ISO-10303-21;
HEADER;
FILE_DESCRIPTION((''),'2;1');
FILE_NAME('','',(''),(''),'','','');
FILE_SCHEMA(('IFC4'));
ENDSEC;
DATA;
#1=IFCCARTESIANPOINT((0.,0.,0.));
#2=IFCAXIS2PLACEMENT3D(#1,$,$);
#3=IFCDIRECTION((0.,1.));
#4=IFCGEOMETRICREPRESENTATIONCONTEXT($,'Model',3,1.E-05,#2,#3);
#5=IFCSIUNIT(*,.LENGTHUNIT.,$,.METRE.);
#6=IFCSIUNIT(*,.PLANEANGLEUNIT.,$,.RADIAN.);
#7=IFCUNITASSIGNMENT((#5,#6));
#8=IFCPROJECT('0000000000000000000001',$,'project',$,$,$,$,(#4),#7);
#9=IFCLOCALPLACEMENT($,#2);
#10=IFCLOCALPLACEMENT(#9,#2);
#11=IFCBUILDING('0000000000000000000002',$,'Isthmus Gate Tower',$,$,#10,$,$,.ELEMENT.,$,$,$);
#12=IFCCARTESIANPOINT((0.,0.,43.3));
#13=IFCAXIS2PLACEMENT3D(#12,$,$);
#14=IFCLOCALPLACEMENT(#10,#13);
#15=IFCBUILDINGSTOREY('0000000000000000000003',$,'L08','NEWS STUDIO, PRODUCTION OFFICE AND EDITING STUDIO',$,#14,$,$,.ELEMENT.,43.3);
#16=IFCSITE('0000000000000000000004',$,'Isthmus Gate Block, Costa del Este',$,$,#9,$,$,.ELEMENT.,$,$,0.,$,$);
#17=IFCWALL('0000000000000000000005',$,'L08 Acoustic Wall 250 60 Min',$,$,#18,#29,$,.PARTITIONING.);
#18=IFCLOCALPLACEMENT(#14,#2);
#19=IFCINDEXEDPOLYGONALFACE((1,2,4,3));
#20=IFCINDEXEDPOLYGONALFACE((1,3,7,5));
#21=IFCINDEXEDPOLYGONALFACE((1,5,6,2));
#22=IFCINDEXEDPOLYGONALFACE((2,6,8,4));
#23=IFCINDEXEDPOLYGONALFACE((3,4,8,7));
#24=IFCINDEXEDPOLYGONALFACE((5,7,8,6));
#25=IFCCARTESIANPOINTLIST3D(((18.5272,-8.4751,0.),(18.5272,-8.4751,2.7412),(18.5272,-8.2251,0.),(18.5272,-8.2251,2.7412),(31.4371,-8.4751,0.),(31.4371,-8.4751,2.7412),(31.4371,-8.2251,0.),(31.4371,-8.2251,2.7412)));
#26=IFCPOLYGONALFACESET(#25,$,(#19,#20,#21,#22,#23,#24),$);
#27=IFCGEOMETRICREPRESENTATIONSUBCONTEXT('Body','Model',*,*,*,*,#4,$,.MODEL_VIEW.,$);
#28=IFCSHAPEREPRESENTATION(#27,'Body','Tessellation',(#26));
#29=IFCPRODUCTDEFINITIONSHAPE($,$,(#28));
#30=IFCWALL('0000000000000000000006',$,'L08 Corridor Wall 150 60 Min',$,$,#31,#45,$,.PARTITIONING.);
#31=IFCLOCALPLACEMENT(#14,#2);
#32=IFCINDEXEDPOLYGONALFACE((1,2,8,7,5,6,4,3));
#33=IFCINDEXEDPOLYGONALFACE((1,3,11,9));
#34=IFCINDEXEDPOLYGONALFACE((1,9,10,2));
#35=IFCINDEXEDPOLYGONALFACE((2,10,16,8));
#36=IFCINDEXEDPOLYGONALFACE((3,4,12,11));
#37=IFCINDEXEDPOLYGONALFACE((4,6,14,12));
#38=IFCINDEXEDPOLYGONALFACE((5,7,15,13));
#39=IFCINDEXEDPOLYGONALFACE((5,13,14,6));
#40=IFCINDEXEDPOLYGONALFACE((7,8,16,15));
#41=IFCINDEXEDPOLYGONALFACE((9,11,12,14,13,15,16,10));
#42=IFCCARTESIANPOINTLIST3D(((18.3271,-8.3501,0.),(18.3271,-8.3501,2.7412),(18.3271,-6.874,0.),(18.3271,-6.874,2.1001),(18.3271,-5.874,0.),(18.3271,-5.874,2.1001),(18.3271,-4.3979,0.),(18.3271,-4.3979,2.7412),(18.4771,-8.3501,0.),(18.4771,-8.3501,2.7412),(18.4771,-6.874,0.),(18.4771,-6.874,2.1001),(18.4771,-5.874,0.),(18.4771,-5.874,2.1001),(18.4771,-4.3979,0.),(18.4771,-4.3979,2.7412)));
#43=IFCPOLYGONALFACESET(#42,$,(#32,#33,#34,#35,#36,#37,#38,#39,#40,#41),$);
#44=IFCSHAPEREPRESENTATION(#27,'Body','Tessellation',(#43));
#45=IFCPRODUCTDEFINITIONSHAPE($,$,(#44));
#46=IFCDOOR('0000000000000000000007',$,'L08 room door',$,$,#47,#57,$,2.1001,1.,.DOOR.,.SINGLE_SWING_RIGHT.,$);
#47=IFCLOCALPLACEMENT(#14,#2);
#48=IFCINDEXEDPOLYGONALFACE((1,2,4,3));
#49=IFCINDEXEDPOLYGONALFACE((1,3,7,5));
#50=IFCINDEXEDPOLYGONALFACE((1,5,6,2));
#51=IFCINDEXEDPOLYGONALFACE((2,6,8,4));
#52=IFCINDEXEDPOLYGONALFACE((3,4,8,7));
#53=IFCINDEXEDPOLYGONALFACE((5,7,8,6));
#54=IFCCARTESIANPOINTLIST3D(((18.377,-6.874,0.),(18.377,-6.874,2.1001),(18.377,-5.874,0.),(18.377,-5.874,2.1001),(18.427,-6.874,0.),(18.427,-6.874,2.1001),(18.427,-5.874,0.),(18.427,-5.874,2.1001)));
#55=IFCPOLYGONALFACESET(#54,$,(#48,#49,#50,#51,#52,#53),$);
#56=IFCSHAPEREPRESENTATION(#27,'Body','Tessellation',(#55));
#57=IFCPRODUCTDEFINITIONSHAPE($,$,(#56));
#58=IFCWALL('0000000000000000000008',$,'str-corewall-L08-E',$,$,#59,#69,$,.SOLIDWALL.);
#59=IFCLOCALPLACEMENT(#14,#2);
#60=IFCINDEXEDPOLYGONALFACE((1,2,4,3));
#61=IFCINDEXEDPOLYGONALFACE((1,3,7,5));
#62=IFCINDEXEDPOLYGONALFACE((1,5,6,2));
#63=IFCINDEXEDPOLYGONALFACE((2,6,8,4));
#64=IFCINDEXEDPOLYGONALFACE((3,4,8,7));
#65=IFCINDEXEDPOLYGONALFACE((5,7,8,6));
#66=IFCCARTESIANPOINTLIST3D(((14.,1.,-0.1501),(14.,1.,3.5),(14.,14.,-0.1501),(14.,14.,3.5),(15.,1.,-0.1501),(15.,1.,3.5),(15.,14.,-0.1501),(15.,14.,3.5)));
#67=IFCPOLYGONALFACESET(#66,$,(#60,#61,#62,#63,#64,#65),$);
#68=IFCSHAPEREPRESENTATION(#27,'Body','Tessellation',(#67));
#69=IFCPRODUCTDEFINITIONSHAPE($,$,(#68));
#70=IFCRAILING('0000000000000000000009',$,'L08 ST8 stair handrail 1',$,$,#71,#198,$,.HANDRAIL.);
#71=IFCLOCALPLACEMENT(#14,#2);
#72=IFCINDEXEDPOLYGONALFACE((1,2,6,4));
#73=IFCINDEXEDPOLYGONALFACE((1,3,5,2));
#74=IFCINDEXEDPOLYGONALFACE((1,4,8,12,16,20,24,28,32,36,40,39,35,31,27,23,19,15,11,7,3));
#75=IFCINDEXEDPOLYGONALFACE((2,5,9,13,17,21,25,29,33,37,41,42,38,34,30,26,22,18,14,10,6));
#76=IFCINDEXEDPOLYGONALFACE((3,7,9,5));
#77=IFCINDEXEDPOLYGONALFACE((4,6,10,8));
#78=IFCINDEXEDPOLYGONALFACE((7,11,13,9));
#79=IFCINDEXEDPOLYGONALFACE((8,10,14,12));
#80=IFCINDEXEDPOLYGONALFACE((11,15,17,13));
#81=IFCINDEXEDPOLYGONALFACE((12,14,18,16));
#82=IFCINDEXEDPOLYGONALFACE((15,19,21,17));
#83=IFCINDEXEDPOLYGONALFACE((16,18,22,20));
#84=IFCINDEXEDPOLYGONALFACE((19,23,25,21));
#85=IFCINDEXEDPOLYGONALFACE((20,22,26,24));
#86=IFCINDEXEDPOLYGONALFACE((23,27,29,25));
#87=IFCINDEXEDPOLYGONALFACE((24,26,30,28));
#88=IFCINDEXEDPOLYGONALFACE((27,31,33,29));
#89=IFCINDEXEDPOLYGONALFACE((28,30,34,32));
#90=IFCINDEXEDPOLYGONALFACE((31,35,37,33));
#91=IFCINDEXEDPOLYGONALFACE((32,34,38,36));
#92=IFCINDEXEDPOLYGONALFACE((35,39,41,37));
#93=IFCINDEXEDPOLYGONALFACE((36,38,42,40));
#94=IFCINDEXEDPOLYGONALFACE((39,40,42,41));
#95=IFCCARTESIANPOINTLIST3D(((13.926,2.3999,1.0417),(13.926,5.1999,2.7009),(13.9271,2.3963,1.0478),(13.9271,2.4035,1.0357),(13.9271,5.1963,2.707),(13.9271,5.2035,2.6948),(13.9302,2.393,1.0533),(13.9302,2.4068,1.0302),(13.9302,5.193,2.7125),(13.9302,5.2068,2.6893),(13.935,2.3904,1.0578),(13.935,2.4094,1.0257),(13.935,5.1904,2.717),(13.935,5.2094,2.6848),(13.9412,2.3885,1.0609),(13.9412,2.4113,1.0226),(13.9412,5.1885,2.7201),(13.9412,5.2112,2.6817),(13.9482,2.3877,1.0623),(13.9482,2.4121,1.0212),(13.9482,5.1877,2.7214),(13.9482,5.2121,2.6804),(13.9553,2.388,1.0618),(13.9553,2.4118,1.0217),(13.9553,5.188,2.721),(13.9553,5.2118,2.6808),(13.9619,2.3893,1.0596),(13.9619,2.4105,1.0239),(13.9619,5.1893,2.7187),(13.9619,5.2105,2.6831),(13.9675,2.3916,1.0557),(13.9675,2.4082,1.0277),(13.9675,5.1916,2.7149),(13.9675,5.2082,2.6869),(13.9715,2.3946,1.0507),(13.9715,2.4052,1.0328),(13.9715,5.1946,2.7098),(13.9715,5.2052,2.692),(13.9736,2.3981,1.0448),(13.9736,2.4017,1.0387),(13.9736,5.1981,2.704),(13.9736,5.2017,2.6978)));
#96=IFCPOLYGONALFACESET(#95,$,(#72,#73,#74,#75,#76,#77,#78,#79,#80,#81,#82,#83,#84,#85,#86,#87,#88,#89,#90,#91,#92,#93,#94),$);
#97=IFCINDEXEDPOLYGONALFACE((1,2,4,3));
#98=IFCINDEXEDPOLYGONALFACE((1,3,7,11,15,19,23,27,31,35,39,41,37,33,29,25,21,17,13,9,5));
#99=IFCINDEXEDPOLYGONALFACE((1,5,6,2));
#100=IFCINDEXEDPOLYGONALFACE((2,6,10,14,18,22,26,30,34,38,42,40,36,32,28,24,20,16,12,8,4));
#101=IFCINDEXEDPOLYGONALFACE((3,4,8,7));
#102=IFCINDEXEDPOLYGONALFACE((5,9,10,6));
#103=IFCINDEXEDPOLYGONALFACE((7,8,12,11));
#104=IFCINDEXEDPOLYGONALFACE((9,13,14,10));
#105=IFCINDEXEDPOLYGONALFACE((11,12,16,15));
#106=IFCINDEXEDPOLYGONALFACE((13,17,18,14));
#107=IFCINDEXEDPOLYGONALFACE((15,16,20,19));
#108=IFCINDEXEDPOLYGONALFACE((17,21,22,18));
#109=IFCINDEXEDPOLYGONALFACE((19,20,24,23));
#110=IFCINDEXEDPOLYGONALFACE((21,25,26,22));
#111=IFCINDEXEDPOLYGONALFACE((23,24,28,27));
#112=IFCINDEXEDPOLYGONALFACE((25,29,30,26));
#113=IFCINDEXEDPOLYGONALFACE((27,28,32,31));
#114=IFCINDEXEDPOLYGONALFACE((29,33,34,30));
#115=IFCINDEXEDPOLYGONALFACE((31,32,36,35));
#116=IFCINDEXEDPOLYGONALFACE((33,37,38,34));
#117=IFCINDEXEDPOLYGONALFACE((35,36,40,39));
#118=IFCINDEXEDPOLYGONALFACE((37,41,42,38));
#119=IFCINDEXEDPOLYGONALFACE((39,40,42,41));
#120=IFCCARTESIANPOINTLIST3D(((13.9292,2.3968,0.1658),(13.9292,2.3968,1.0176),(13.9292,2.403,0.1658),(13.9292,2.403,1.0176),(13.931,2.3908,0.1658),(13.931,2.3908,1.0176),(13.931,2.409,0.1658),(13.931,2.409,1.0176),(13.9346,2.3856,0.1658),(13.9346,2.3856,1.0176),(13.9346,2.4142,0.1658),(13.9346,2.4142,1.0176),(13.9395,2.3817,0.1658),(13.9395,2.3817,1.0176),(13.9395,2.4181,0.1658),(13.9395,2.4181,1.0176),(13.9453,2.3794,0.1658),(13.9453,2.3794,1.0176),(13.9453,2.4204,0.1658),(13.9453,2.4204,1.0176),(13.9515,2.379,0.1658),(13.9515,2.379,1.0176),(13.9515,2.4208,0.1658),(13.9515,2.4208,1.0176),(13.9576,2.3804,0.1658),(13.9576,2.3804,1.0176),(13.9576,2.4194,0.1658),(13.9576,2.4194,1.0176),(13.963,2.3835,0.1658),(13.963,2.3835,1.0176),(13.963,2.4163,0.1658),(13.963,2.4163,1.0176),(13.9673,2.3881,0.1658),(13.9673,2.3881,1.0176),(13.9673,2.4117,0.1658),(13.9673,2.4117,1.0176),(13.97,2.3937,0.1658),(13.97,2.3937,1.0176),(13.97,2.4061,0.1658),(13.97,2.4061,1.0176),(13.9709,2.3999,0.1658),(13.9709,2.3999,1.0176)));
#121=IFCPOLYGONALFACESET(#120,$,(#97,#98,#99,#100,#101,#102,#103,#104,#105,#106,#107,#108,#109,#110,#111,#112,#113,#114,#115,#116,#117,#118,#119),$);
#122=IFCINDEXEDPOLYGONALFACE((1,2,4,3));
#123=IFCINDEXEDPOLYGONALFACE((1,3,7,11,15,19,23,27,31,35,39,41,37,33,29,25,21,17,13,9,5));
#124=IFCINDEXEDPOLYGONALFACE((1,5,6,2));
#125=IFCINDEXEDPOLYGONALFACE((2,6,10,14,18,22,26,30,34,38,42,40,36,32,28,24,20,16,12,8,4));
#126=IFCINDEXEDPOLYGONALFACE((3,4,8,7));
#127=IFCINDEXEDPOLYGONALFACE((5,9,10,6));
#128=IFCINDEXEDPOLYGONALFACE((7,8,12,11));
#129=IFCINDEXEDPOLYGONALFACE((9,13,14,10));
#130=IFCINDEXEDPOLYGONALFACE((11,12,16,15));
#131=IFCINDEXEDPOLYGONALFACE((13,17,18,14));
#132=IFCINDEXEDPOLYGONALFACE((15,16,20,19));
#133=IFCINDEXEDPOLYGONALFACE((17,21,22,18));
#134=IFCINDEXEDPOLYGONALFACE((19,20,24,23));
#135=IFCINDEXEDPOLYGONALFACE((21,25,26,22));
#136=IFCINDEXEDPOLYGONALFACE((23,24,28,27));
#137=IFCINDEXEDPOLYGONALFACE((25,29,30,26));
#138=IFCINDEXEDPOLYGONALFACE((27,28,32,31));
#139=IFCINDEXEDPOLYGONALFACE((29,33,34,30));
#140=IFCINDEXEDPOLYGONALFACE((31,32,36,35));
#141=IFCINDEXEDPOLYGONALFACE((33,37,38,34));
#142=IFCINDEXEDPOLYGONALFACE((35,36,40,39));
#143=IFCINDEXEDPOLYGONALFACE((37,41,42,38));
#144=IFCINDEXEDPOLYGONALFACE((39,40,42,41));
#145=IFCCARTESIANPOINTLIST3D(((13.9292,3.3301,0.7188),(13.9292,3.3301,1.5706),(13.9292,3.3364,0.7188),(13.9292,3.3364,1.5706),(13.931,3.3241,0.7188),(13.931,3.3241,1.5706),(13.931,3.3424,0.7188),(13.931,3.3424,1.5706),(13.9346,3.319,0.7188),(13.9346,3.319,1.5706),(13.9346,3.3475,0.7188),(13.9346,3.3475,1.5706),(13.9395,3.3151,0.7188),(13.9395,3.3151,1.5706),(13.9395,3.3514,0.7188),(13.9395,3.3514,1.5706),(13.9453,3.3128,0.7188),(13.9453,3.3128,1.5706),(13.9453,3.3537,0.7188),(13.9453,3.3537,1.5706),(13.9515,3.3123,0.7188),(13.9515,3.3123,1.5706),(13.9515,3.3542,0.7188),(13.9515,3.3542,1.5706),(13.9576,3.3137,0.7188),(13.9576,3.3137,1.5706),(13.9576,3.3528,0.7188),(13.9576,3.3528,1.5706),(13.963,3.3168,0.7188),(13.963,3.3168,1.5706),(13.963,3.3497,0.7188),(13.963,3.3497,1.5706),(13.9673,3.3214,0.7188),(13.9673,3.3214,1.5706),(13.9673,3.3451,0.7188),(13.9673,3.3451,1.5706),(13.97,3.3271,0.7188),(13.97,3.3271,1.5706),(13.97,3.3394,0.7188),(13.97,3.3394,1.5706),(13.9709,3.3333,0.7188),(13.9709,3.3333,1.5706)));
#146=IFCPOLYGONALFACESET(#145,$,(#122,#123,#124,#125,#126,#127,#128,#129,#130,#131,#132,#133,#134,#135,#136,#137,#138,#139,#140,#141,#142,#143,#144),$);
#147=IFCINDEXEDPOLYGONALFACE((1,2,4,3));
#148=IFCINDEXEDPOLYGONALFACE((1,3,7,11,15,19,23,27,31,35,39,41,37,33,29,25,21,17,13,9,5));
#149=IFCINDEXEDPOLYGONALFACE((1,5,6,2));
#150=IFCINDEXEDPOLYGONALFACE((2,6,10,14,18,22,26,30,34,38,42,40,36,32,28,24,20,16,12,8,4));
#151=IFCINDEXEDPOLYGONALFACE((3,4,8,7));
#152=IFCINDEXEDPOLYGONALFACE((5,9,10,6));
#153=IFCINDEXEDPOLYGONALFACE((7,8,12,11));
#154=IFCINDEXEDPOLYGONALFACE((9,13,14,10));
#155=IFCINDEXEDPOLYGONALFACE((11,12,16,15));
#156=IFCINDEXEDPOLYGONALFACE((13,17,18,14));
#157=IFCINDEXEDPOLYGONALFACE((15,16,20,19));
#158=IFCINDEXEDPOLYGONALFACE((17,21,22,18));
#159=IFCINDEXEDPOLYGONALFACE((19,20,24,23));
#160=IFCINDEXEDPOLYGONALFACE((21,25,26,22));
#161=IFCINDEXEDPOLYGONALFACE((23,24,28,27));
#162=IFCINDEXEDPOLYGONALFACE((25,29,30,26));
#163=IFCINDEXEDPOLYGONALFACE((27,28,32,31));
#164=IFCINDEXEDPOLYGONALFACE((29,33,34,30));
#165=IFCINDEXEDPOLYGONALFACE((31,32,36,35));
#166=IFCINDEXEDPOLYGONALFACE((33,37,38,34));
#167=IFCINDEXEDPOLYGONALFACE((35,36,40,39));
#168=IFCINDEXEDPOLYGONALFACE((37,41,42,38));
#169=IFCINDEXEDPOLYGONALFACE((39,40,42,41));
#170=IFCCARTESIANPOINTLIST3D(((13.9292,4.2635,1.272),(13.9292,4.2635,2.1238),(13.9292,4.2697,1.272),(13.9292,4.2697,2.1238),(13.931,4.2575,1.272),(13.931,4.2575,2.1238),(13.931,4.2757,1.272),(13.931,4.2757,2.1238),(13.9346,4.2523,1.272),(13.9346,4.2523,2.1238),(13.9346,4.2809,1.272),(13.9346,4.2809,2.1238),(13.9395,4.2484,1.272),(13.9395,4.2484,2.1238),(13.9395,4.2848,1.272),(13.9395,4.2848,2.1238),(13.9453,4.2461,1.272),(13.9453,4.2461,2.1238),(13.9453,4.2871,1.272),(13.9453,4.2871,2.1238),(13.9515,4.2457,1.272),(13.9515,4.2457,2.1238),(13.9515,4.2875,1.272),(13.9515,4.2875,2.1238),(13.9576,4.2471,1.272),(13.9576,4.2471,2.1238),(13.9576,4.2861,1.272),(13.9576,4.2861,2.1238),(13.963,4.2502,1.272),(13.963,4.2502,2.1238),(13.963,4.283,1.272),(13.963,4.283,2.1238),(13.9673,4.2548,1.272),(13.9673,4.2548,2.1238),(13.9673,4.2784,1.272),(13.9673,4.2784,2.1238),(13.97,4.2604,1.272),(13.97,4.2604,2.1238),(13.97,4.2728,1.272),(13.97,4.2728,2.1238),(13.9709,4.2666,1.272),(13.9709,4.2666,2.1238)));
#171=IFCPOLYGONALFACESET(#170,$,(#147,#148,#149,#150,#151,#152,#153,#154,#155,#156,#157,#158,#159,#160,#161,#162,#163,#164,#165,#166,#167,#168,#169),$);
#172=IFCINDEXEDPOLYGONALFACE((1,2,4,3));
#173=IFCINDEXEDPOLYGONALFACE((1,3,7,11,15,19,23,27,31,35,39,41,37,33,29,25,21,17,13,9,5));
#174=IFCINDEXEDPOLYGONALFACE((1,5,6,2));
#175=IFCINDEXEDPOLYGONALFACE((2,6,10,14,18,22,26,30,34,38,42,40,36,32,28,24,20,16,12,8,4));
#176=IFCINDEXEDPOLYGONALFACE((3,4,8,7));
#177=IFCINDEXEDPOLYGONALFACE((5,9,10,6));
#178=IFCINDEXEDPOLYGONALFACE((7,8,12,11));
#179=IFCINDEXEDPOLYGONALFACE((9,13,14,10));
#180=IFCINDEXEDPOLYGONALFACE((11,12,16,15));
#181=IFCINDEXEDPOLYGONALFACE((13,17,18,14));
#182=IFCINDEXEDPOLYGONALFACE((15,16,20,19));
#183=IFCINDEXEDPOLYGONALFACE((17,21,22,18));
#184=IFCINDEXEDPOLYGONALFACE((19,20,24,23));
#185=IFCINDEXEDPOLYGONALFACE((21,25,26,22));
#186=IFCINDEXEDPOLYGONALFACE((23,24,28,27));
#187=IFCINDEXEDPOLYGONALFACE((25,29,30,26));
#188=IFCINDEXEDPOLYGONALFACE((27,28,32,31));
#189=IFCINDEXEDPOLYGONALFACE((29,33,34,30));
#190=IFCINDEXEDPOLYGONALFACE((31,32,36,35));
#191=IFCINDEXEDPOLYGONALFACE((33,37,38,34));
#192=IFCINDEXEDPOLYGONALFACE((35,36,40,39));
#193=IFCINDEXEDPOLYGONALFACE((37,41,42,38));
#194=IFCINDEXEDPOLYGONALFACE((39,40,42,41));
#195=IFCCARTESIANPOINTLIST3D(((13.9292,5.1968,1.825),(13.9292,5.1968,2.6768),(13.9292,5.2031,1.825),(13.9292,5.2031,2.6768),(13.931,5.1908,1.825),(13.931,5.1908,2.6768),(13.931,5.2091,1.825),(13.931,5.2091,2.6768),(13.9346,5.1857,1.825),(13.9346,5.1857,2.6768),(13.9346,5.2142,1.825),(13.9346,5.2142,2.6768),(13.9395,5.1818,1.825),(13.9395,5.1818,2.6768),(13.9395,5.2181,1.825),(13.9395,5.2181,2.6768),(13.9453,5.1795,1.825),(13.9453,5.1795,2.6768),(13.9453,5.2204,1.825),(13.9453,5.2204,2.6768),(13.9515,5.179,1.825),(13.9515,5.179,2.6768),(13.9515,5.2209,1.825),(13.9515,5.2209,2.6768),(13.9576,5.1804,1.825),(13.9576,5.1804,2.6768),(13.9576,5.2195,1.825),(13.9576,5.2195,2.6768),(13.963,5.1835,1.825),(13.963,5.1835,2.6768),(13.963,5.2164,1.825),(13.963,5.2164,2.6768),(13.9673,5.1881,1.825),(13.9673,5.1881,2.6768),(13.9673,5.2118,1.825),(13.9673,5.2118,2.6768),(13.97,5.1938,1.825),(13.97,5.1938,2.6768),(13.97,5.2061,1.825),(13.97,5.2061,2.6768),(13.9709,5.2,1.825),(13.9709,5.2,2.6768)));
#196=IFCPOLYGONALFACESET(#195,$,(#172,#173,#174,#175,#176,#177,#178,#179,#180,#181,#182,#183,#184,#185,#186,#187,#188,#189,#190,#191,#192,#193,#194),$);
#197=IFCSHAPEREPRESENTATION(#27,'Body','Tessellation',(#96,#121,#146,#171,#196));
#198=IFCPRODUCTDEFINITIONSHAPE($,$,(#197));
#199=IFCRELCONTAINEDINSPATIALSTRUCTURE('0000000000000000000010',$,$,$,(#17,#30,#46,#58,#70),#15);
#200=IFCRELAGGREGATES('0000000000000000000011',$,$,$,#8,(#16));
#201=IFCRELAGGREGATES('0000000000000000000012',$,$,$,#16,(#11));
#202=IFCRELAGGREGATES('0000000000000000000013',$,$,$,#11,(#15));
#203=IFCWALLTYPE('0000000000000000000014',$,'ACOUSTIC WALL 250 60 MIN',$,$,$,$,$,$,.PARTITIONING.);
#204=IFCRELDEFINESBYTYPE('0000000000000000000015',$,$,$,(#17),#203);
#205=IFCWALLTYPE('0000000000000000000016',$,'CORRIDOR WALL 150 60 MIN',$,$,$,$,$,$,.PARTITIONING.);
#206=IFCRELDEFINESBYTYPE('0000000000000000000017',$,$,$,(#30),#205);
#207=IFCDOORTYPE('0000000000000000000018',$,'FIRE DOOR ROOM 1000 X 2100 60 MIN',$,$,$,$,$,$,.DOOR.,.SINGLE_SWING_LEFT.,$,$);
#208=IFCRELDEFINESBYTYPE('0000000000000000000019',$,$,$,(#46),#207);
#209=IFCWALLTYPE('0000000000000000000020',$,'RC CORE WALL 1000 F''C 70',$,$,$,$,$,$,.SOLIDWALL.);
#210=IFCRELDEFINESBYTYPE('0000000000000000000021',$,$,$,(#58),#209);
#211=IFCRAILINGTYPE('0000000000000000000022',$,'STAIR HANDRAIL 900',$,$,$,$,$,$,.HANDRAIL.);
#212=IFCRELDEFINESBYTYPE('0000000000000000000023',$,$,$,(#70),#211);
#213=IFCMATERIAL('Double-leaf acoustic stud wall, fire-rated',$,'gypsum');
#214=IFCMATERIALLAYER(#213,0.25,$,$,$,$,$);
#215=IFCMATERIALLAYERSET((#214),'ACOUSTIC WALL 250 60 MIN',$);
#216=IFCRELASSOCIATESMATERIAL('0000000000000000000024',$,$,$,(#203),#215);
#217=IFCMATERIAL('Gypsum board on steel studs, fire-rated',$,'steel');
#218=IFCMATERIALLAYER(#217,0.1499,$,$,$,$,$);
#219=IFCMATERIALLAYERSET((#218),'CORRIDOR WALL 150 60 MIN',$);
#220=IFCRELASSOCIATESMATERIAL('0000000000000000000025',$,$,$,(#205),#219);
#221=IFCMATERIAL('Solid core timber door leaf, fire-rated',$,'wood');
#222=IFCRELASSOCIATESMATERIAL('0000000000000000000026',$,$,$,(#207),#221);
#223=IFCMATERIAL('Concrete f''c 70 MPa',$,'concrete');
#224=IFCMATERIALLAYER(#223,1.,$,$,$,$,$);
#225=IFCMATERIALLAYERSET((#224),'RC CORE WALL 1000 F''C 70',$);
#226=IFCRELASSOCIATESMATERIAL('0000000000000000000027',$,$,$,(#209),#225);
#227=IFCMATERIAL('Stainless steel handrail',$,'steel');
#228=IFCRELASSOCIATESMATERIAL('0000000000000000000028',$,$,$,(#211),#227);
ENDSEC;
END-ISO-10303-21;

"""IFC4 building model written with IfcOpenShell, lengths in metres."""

from ifc_helpers import new_model, si_unit, direction, frame, frame_2d, origin, origin_2d, place, context, subcontext, project, spatial, rectangle, circle, extrude, material, layer, layer_set, type_object, element, fill, save


model = new_model("IFC4")

# Units and contexts
model_context = context("Model", 3, precision=1e-05, world=origin(), true_north=direction((0.0, 1.0)))
body_context = subcontext(model_context, "Body", "Model", "MODEL_VIEW")
ifc_project = project(units=[si_unit("LENGTHUNIT", "METRE"), si_unit("PLANEANGLEUNIT", "RADIAN")], contexts=[model_context])

# Site, building, storey
site_placement = place(None, origin())
site = spatial("IfcSite", under=ifc_project, at=site_placement, Name="Isthmus Gate Block, Costa del Este", CompositionType="ELEMENT", RefElevation=0.0)
building_placement = place(site_placement, origin())
building = spatial("IfcBuilding", under=site, at=building_placement, Name="Isthmus Gate Tower", CompositionType="ELEMENT")
storey_placement = place(building_placement, frame((0.0, 0.0, 43.3)))
storey = spatial("IfcBuildingStorey", under=building, at=storey_placement, Name="L08", Description="NEWS STUDIO, PRODUCTION OFFICE AND EDITING STUDIO", CompositionType="ELEMENT", Elevation=43.3)

# Shared definitions
ifc_material_1 = material(Name="Double-leaf acoustic stud wall, fire-rated", Category="gypsum")
ifc_layer_1 = layer(ifc_material_1, 0.25)
ifc_layer_set_1 = layer_set([ifc_layer_1], Name="ACOUSTIC WALL 250 60 MIN")
wall_type_1 = type_object("IfcWallType", Name="ACOUSTIC WALL 250 60 MIN", PredefinedType="PARTITIONING", material=ifc_layer_set_1)

# Wall
wall_1_placement = place(storey_placement, frame((18.5271, -8.3501, 0.0), z_axis=(0.0, 0.0, 1.0), x_axis=(1.0, 0.0, 0.0)))
element("IfcWall", 1, at=wall_1_placement, inside=storey, type_object=wall_type_1, Name="L08 Acoustic Wall 250 60 Min", PredefinedType="PARTITIONING", context=body_context, shape_type="SweptSolid", body=[
    extrude(rectangle(XDim=12.9099, YDim=0.25, at=frame_2d((6.4551, 0.0))), origin(), (0.0, 0.0, 1.0), 2.7412),
])

# Wall, opening, door
ifc_material_2 = material(Name="Gypsum board on steel studs, fire-rated", Category="steel")
ifc_layer_2 = layer(ifc_material_2, 0.1499)
ifc_layer_set_2 = layer_set([ifc_layer_2], Name="CORRIDOR WALL 150 60 MIN")
wall_type_2 = type_object("IfcWallType", Name="CORRIDOR WALL 150 60 MIN", PredefinedType="PARTITIONING", material=ifc_layer_set_2)
wall_2_placement = place(storey_placement, frame((18.4021, -4.3979, 0.0), z_axis=(0.0, 0.0, 1.0), x_axis=(0.0, -1.0, 0.0)))
wall_2 = element("IfcWall", 2, at=wall_2_placement, inside=storey, type_object=wall_type_2, Name="L08 Corridor Wall 150 60 Min", PredefinedType="PARTITIONING", context=body_context, shape_type="SweptSolid", body=[
    extrude(rectangle(XDim=3.9521, YDim=0.1499, at=frame_2d((1.9761, 0.0))), origin(), (0.0, 0.0, 1.0), 2.7412),
])
opening_1_placement = place(wall_2_placement, frame((1.4761, 0.0, 0.0)))
opening_1 = element("IfcOpeningElement", 3, at=opening_1_placement, cuts=wall_2, PredefinedType="OPENING", context=body_context, shape_type="SweptSolid", body=[
    extrude(rectangle(XDim=1.0, YDim=2.1001, at=frame_2d((0.5, 1.05))), frame((0.0, 0.085, 0.0), z_axis=(0.0, -1.0, 0.0), x_axis=(1.0, 0.0, 0.0)), (0.0, 0.0, 1.0), 0.1699),
])
ifc_material_3 = material(Name="Solid core timber door leaf, fire-rated", Category="wood")
door_type_1 = type_object("IfcDoorType", Name="FIRE DOOR ROOM 1000 X 2100 60 MIN", OperationType="SINGLE_SWING_LEFT", PredefinedType="DOOR", material=ifc_material_3)
door_1_placement = place(opening_1_placement, origin())
door_1 = element("IfcDoor", 4, at=door_1_placement, inside=storey, type_object=door_type_1, Name="L08 room door", OperationType="SINGLE_SWING_RIGHT", OverallHeight=2.1001, OverallWidth=1.0, PredefinedType="DOOR", context=body_context, shape_type="SweptSolid", body=[
    extrude(rectangle(XDim=1.0, YDim=2.1001, at=frame_2d((0.5, 1.05))), frame((0.0, 0.0249, 0.0), z_axis=(0.0, -1.0, 0.0), x_axis=(1.0, 0.0, 0.0)), (0.0, 0.0, 1.0), 0.05),
])
fill(opening_1, door_1)

# Wall
ifc_material_4 = material(Name="Concrete f'c 70 MPa", Category="concrete")
ifc_layer_3 = layer(ifc_material_4, 1.0)
ifc_layer_set_3 = layer_set([ifc_layer_3], Name="RC CORE WALL 1000 F'C 70")
wall_type_3 = type_object("IfcWallType", Name="RC CORE WALL 1000 F'C 70", PredefinedType="SOLIDWALL", material=ifc_layer_set_3)
wall_3_placement = place(storey_placement, frame((14.5, 1.0, -0.1501), z_axis=(0.0, 0.0, 1.0), x_axis=(0.0, 1.0, 0.0)))
element("IfcWall", 5, at=wall_3_placement, inside=storey, type_object=wall_type_3, Name="str-corewall-L08-E", PredefinedType="SOLIDWALL", context=body_context, shape_type="SweptSolid", body=[
    extrude(rectangle(XDim=13.0, YDim=1.0, at=frame_2d((6.5, 0.0))), origin(), (0.0, 0.0, 1.0), 3.6501),
])

# Railing
ifc_material_5 = material(Name="Stainless steel handrail", Category="steel")
railing_type = type_object("IfcRailingType", Name="STAIR HANDRAIL 900", PredefinedType="HANDRAIL", material=ifc_material_5)
railing_placement = place(storey_placement, frame((13.95, 2.3999, 0.1658)))
element("IfcRailing", 6, at=railing_placement, inside=storey, type_object=railing_type, Name="L08 ST8 stair handrail 1", PredefinedType="HANDRAIL", context=body_context, shape_type="SweptSolid", body=[
    extrude(circle(Radius=0.0239, at=origin_2d()), frame((0.0, 0.0, 0.876), z_axis=(0.0, 0.860306, 0.509778), x_axis=(-1.0, 0.0, 0.0)), (0.0, 0.0, 1.0), 3.2546),
    extrude(circle(Radius=0.021, at=origin_2d()), origin(), (0.0, 0.0, 1.0), 0.8518),
    extrude(circle(Radius=0.021, at=origin_2d()), frame((0.0, 0.9333, 0.553)), (0.0, 0.0, 1.0), 0.8518),
    extrude(circle(Radius=0.021, at=origin_2d()), frame((0.0, 1.8667, 1.1062)), (0.0, 0.0, 1.0), 0.8518),
    extrude(circle(Radius=0.021, at=origin_2d()), frame((0.0, 2.8, 1.6592)), (0.0, 0.0, 1.0), 0.8518),
])

save(model, "model.ifc")
